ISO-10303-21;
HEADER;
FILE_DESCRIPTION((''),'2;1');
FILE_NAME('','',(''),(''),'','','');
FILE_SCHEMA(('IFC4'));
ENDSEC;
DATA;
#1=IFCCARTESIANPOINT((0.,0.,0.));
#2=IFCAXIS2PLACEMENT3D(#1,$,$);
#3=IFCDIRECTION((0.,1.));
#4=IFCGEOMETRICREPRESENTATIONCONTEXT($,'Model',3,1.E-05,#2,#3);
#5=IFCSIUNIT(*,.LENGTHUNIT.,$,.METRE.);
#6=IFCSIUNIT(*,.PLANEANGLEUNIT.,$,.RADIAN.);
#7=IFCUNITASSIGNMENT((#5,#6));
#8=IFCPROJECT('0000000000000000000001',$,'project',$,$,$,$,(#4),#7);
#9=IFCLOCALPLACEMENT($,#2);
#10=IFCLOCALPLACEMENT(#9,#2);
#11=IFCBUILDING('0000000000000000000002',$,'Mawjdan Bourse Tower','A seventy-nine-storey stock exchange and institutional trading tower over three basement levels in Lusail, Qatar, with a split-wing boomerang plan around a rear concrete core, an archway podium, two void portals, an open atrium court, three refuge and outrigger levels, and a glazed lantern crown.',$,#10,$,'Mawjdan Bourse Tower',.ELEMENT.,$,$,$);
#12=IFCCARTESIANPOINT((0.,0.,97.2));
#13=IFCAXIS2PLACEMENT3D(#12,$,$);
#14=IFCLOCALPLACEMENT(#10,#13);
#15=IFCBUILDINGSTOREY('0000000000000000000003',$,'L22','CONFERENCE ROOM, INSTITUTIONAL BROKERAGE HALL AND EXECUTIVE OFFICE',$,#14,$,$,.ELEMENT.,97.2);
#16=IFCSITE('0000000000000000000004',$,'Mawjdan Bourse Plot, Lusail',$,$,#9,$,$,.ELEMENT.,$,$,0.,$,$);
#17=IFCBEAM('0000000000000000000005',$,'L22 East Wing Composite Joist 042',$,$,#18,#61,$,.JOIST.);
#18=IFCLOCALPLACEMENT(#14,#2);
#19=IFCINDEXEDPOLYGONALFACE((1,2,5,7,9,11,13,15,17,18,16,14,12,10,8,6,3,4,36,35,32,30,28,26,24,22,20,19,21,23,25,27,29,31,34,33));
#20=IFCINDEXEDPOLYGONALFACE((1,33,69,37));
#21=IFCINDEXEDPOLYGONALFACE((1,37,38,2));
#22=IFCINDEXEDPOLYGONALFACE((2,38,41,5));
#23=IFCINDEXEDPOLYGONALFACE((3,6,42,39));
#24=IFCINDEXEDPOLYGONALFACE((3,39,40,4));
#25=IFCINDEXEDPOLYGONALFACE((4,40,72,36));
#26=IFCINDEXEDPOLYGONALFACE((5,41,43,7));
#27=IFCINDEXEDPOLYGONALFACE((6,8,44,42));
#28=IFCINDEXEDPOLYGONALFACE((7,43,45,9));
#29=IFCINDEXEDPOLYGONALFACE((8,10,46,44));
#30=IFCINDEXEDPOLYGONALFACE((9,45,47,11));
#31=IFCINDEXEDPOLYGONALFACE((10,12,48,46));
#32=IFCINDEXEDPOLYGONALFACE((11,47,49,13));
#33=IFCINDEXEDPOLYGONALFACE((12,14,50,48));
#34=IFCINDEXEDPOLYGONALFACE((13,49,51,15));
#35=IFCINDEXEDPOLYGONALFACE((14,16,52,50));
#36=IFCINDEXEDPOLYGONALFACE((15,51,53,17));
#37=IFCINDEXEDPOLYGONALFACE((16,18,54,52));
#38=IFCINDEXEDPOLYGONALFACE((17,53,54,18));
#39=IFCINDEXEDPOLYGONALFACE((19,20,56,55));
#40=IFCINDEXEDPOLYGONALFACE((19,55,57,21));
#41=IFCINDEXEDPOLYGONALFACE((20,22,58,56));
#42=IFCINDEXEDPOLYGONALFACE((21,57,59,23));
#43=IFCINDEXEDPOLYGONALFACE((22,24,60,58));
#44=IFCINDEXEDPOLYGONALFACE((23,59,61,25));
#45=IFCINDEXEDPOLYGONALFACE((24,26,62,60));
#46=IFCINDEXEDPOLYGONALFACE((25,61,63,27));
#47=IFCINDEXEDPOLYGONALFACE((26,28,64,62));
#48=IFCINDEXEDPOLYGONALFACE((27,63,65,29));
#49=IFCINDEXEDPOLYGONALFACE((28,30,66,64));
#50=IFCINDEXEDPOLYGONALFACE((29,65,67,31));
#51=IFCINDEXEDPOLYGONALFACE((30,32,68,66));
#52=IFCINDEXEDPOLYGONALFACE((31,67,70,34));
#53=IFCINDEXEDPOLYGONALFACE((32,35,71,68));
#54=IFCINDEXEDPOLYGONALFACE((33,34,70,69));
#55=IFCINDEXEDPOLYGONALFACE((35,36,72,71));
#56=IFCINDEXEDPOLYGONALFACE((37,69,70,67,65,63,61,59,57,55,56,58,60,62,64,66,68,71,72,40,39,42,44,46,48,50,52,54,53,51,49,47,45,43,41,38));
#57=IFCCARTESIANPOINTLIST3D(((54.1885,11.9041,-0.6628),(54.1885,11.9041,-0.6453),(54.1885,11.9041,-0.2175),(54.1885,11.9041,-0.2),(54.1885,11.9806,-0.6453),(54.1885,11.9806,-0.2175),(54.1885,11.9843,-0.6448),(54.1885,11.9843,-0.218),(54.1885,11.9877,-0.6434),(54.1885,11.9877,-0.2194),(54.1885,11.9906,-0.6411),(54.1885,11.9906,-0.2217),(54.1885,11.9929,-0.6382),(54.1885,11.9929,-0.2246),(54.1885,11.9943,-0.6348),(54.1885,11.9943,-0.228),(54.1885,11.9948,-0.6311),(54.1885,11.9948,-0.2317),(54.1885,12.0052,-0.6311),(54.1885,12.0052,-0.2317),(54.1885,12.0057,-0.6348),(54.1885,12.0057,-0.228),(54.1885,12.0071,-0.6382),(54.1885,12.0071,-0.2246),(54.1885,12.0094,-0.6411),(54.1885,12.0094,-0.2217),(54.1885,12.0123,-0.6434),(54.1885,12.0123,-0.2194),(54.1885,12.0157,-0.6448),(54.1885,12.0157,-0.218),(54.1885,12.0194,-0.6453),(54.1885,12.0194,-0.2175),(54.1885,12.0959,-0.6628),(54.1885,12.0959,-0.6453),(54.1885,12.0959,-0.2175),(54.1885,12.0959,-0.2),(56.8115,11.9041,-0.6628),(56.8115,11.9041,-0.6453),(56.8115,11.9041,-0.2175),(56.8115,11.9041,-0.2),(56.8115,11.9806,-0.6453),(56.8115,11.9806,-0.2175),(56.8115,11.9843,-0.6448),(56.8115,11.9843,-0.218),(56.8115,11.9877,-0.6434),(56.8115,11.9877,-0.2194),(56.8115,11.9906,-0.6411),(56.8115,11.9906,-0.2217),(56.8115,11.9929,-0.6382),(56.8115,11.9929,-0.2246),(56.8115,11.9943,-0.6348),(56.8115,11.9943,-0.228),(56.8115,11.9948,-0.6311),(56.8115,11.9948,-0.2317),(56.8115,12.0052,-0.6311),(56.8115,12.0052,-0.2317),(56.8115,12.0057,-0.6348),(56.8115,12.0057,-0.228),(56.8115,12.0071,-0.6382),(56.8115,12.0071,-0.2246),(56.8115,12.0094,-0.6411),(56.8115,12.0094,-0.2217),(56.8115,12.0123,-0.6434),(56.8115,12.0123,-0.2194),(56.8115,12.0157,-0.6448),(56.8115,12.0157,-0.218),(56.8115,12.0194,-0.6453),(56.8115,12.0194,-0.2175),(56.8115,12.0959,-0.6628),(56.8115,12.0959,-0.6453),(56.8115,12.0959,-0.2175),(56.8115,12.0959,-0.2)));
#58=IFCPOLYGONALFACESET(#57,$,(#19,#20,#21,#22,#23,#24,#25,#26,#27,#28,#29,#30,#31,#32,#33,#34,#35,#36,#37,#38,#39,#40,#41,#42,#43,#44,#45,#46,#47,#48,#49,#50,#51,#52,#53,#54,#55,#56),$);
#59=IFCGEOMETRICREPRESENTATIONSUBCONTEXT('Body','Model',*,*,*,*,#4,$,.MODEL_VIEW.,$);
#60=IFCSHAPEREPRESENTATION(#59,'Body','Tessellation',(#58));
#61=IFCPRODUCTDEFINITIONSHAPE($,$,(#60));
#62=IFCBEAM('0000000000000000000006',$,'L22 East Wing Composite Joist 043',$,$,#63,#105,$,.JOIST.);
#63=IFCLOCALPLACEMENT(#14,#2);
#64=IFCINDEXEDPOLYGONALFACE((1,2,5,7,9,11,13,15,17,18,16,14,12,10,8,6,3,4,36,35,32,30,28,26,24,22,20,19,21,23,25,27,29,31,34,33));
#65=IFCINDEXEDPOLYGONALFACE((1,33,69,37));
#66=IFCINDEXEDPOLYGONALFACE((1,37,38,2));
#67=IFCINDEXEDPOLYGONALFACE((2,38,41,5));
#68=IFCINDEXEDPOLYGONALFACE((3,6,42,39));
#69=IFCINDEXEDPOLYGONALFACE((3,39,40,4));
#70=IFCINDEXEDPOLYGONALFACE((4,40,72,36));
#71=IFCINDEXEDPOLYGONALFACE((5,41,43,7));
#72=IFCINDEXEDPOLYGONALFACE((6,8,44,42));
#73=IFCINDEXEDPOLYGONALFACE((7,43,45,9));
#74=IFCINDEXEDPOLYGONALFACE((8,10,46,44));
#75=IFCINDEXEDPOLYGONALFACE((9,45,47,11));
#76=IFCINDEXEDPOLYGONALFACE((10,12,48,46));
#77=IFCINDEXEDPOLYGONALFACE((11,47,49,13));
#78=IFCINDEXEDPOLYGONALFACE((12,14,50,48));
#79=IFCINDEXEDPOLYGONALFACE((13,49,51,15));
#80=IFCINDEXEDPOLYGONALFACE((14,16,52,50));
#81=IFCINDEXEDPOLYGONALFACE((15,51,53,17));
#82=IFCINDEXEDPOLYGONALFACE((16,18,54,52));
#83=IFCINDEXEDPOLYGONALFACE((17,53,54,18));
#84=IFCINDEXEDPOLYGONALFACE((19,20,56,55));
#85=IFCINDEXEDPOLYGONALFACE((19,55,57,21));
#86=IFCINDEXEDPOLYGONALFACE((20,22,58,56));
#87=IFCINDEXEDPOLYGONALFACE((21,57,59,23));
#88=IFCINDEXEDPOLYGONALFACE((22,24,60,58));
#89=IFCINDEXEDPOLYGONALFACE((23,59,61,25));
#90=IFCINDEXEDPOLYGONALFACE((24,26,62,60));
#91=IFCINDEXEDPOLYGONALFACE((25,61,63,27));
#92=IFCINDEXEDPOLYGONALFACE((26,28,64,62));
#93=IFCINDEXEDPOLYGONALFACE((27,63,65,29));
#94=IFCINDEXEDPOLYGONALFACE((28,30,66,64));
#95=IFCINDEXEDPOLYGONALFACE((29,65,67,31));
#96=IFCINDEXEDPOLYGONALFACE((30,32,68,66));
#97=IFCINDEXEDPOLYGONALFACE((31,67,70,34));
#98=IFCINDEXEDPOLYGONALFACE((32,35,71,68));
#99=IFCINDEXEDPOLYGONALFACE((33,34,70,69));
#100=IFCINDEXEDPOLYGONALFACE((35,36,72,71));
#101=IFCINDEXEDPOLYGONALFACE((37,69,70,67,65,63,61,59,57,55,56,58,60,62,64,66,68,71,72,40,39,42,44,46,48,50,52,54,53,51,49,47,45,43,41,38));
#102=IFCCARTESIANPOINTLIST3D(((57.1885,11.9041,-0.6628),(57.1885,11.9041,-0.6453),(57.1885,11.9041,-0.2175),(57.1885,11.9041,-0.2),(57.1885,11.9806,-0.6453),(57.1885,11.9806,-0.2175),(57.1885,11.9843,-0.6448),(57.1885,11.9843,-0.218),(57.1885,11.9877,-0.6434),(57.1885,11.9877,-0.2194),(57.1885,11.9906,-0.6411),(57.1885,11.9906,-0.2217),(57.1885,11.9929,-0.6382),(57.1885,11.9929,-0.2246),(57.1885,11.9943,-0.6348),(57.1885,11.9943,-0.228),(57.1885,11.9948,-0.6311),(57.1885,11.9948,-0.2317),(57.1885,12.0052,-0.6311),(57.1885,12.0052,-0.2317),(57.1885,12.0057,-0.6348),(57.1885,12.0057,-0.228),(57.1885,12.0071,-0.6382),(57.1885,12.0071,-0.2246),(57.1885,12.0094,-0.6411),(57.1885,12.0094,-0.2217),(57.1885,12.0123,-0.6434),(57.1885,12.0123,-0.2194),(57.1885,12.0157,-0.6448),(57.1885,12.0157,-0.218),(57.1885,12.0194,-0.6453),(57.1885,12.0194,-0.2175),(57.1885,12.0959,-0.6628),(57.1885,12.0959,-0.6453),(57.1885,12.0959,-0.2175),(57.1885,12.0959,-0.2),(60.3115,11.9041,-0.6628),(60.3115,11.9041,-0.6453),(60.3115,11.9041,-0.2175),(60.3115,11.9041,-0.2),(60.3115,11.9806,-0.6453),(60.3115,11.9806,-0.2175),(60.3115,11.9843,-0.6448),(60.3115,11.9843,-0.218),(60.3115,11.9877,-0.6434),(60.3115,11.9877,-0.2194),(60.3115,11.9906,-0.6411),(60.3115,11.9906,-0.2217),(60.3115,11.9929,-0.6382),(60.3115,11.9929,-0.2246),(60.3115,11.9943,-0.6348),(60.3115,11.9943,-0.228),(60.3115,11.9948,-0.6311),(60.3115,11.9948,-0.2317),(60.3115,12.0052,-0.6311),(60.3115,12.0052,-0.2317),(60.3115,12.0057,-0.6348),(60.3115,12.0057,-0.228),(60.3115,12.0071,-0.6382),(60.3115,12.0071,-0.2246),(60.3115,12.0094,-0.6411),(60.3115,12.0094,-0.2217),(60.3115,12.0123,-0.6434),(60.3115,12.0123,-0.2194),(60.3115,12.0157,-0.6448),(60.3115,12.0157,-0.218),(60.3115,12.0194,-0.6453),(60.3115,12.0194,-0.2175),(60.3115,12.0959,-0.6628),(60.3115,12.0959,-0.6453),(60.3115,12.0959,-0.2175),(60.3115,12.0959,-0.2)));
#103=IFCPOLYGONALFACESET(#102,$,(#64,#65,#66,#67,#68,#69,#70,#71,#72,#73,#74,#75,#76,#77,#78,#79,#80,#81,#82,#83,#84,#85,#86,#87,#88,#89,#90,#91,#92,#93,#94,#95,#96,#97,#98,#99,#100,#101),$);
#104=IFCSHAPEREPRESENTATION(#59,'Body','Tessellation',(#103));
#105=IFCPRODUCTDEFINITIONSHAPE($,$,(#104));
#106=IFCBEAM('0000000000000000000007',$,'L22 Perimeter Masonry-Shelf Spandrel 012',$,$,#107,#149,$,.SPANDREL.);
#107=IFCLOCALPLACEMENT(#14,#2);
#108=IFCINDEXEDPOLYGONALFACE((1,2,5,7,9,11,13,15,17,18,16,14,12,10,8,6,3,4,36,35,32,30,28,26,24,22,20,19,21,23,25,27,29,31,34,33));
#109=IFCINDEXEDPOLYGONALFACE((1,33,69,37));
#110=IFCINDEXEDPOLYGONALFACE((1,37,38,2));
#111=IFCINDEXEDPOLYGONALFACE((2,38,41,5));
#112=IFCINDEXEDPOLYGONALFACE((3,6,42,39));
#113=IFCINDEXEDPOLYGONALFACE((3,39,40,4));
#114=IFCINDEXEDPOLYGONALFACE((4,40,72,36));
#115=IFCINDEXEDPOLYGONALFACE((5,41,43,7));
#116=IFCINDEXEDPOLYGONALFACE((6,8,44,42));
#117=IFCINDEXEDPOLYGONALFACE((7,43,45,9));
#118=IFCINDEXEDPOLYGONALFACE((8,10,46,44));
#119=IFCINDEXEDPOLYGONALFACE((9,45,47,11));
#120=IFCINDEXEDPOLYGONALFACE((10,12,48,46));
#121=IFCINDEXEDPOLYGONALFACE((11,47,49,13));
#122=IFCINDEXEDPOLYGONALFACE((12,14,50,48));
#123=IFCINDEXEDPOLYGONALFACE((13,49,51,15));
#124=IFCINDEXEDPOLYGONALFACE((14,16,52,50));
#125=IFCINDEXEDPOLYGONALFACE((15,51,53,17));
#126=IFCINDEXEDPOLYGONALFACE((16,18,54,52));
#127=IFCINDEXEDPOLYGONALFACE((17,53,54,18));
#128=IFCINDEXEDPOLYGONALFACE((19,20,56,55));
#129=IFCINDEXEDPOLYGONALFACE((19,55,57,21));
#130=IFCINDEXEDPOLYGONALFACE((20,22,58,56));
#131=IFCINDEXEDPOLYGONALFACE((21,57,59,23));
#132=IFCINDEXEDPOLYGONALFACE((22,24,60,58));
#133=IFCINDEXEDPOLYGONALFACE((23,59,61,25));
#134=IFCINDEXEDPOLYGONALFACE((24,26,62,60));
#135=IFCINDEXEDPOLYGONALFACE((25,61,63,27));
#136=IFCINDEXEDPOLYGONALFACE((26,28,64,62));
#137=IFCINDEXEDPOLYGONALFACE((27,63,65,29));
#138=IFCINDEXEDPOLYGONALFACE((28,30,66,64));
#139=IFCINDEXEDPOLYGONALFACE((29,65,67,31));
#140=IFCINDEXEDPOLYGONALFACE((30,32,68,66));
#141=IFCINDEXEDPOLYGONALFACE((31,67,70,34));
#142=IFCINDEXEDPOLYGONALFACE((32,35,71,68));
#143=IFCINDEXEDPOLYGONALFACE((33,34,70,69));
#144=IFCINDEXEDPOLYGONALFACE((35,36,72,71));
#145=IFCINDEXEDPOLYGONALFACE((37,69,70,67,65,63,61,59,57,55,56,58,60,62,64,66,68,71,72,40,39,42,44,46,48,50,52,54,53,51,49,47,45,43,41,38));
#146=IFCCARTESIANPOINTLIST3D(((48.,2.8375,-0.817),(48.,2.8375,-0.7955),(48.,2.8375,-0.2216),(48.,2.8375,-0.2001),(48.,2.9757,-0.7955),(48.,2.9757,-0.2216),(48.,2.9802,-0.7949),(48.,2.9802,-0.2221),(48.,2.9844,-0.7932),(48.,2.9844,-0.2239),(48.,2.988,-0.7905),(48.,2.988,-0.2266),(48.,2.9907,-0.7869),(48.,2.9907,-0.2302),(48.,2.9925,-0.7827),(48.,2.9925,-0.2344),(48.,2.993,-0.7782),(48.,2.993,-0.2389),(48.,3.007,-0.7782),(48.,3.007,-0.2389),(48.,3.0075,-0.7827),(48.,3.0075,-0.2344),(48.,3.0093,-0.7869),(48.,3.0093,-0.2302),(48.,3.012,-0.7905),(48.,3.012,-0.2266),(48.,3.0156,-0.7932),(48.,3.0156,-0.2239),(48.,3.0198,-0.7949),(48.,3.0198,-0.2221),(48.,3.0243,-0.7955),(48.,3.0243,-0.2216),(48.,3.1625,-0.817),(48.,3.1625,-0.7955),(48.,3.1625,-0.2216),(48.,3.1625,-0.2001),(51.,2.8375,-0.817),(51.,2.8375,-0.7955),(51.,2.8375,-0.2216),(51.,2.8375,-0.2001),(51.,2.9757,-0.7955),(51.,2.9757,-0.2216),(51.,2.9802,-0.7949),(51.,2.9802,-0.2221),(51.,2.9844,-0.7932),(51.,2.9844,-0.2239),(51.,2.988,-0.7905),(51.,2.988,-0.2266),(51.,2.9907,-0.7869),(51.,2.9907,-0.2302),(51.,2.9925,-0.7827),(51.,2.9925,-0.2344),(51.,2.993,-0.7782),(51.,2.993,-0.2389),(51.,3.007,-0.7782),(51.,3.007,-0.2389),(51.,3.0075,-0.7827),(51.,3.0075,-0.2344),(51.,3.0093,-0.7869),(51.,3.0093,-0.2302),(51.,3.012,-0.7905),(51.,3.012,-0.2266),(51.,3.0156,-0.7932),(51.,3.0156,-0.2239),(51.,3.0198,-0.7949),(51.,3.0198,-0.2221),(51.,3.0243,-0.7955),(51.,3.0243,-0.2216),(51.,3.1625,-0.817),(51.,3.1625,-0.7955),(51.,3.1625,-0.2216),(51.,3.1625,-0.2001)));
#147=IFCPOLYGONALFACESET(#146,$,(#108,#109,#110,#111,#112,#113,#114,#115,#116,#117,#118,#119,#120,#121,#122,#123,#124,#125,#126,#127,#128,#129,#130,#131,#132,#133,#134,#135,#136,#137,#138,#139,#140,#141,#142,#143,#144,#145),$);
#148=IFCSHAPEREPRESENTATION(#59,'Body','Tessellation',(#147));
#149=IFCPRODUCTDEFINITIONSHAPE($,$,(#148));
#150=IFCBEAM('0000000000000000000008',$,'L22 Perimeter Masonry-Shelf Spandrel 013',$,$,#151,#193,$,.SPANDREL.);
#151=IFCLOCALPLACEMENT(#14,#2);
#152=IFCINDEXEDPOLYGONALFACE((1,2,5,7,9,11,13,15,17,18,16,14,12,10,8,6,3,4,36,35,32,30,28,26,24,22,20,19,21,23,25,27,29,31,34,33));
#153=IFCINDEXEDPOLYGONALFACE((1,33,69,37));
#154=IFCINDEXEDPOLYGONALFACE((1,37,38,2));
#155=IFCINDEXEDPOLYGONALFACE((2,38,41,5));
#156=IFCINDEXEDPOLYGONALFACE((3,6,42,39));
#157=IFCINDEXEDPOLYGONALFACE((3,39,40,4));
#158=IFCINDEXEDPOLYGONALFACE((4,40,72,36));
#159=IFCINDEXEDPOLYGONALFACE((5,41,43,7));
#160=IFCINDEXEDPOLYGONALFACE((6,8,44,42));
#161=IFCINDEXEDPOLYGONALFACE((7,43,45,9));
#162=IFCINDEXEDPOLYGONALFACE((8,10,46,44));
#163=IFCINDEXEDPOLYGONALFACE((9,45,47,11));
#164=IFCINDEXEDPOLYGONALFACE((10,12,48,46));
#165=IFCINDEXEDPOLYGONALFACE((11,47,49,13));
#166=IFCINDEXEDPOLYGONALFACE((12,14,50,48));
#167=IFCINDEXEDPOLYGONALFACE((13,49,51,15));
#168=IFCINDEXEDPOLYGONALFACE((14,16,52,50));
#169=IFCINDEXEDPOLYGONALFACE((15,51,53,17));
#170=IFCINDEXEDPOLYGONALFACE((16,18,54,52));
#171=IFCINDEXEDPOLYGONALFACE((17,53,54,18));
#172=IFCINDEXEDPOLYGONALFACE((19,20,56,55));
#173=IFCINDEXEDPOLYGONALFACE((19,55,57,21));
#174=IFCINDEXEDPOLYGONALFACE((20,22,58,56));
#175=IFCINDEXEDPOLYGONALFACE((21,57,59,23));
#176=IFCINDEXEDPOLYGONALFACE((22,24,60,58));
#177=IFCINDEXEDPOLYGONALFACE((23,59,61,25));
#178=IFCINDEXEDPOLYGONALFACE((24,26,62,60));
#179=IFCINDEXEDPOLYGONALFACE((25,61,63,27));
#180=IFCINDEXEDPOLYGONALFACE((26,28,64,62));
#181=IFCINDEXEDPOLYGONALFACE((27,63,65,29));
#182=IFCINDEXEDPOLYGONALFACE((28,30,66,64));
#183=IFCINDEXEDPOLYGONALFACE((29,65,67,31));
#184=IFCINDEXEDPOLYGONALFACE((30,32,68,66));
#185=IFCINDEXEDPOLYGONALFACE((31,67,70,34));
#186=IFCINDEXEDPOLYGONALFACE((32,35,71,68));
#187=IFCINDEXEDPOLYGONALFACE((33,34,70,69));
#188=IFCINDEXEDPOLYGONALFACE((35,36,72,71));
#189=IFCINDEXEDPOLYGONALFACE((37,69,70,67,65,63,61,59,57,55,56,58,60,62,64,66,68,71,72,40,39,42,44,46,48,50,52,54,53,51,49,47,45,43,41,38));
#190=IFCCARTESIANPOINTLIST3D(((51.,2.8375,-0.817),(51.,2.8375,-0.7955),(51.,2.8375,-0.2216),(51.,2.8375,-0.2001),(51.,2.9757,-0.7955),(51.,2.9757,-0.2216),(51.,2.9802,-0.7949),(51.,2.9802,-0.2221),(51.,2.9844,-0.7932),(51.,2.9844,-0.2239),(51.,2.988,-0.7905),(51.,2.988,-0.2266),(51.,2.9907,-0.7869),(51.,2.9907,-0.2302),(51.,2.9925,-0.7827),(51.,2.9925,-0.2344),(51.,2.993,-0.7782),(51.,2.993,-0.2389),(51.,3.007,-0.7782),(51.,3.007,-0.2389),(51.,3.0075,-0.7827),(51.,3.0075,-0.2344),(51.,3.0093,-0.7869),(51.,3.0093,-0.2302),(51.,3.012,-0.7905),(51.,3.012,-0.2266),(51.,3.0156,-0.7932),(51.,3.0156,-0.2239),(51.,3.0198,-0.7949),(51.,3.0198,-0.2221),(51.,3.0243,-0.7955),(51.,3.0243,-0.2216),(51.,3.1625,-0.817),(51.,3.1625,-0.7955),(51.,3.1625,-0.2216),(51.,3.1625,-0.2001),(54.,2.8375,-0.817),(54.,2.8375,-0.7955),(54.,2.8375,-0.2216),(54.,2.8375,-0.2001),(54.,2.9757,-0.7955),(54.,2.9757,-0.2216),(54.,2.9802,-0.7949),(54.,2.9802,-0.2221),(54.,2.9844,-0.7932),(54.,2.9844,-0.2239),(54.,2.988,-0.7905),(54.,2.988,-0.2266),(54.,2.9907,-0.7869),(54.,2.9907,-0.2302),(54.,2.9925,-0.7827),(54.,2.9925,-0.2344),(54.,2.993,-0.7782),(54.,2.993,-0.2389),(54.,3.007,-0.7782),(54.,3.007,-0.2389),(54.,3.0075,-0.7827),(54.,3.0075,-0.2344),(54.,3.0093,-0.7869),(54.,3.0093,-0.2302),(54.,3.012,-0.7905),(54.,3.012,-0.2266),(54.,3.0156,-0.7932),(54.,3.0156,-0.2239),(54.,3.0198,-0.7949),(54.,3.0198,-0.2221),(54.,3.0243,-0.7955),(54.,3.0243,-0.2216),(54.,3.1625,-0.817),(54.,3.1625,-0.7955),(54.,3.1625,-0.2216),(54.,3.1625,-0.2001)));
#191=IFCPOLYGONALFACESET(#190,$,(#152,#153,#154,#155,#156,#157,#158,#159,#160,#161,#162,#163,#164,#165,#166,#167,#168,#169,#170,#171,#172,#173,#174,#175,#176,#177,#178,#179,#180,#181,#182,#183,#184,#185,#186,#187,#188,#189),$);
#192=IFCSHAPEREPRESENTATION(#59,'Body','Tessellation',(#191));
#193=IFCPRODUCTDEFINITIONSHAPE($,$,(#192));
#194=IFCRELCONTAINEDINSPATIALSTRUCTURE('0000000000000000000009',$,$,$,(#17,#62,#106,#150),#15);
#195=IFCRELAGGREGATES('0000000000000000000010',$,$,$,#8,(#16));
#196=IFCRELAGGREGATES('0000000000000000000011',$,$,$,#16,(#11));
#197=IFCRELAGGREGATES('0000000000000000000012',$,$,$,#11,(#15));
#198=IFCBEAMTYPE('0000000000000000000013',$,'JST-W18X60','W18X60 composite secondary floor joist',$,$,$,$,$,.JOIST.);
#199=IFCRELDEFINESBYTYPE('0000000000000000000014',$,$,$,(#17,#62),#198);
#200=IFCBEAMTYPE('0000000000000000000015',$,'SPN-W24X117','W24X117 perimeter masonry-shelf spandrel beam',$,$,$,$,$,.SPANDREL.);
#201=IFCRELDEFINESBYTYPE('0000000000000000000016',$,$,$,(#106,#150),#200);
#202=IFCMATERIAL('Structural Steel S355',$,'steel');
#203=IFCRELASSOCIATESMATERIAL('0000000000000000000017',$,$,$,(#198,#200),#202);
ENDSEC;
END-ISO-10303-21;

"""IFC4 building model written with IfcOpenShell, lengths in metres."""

from ifc_helpers import new_model, si_unit, direction, frame, origin, origin_2d, place, context, subcontext, project, spatial, i_section, extrude, material, material_profile, profile_set, type_object, element, save


model = new_model("IFC4")

# Units and contexts
model_context = context("Model", 3, precision=1e-05, world=origin(), true_north=direction((0.0, 1.0)))
body_context = subcontext(model_context, "Body", "Model", "MODEL_VIEW")
ifc_project = project(units=[si_unit("LENGTHUNIT", "METRE"), si_unit("PLANEANGLEUNIT", "RADIAN")], contexts=[model_context])

# Site, building, storey
site_placement = place(None, origin())
site = spatial("IfcSite", under=ifc_project, at=site_placement, Name="Mawjdan Bourse Plot, Lusail", CompositionType="ELEMENT", RefElevation=0.0)
building_placement = place(site_placement, origin())
building = spatial("IfcBuilding", under=site, at=building_placement, Name="Mawjdan Bourse Tower", Description="A seventy-nine-storey stock exchange and institutional trading tower over three basement levels in Lusail, Qatar, with a split-wing boomerang plan around a rear concrete core, an archway podium, two void portals, an open atrium court, three refuge and outrigger levels, and a glazed lantern crown.", LongName="Mawjdan Bourse Tower", CompositionType="ELEMENT")
storey_placement = place(building_placement, frame((0.0, 0.0, 97.2)))
storey = spatial("IfcBuildingStorey", under=building, at=storey_placement, Name="L22", Description="CONFERENCE ROOM, INSTITUTIONAL BROKERAGE HALL AND EXECUTIVE OFFICE", CompositionType="ELEMENT", Elevation=97.2)

# Beams
ifc_material_1 = material(Name="Structural Steel S355", Category="steel")
ifc_material_profile_1 = material_profile(ifc_material_1, i_section(OverallWidth=0.1919, OverallDepth=0.4629, WebThickness=0.0105, FlangeThickness=0.0176, FilletRadius=0.0142, at=origin_2d()), Name="W18X60")
ifc_profile_set_1 = profile_set([ifc_material_profile_1], Name="Structural Steel S355")
beam_type_1 = type_object("IfcBeamType", Name="JST-W18X60", Description="W18X60 composite secondary floor joist", PredefinedType="JOIST", material=ifc_profile_set_1)
for number, where, z_axis, x_axis, name in (
    (1, (54.1885, 12.0, -0.4314), (1.0, 0.0, 0.0), (0.0, 1.0, 0.0), "L22 East Wing Composite Joist 042"),
):
    element("IfcBeam", number, at=place(storey_placement, frame(where, z_axis=z_axis, x_axis=x_axis)), inside=storey, type_object=beam_type_1, Name=name, PredefinedType="JOIST", context=body_context, shape_type="SweptSolid", body=[
        extrude(i_section(OverallWidth=0.1919, OverallDepth=0.4629, WebThickness=0.0105, FlangeThickness=0.0176, FilletRadius=0.0142, at=origin_2d()), origin(), (0.0, 0.0, 1.0), 2.623),
    ])
beam_1_placement = place(storey_placement, frame((57.1885, 12.0, -0.4314), z_axis=(1.0, 0.0, 0.0), x_axis=(0.0, 1.0, 0.0)))
element("IfcBeam", 2, at=beam_1_placement, inside=storey, type_object=beam_type_1, Name="L22 East Wing Composite Joist 043", PredefinedType="JOIST", context=body_context, shape_type="SweptSolid", body=[
    extrude(i_section(OverallWidth=0.1919, OverallDepth=0.4629, WebThickness=0.0105, FlangeThickness=0.0176, FilletRadius=0.0142, at=origin_2d()), origin(), (0.0, 0.0, 1.0), 3.123),
])
ifc_material_profile_2 = material_profile(ifc_material_1, i_section(OverallWidth=0.325, OverallDepth=0.6169, WebThickness=0.0139, FlangeThickness=0.0215, FilletRadius=0.0173, at=origin_2d()), Name="W24X117")
ifc_profile_set_2 = profile_set([ifc_material_profile_2], Name="Structural Steel S355")
beam_type_2 = type_object("IfcBeamType", Name="SPN-W24X117", Description="W24X117 perimeter masonry-shelf spandrel beam", PredefinedType="SPANDREL", material=ifc_profile_set_2)
for number, where, z_axis, x_axis, name in (
    (3, (48.0, 3.0, -0.5085), (1.0, 0.0, 0.0), (0.0, 1.0, 0.0), "L22 Perimeter Masonry-Shelf Spandrel 012"),
    (4, (51.0, 3.0, -0.5085), (1.0, 0.0, 0.0), (0.0, 1.0, 0.0), "L22 Perimeter Masonry-Shelf Spandrel 013"),
):
    element("IfcBeam", number, at=place(storey_placement, frame(where, z_axis=z_axis, x_axis=x_axis)), inside=storey, type_object=beam_type_2, Name=name, PredefinedType="SPANDREL", context=body_context, shape_type="SweptSolid", body=[
        extrude(i_section(OverallWidth=0.325, OverallDepth=0.6169, WebThickness=0.0139, FlangeThickness=0.0215, FilletRadius=0.0173, at=origin_2d()), origin(), (0.0, 0.0, 1.0), 3.0),
    ])

save(model, "model.ifc")
